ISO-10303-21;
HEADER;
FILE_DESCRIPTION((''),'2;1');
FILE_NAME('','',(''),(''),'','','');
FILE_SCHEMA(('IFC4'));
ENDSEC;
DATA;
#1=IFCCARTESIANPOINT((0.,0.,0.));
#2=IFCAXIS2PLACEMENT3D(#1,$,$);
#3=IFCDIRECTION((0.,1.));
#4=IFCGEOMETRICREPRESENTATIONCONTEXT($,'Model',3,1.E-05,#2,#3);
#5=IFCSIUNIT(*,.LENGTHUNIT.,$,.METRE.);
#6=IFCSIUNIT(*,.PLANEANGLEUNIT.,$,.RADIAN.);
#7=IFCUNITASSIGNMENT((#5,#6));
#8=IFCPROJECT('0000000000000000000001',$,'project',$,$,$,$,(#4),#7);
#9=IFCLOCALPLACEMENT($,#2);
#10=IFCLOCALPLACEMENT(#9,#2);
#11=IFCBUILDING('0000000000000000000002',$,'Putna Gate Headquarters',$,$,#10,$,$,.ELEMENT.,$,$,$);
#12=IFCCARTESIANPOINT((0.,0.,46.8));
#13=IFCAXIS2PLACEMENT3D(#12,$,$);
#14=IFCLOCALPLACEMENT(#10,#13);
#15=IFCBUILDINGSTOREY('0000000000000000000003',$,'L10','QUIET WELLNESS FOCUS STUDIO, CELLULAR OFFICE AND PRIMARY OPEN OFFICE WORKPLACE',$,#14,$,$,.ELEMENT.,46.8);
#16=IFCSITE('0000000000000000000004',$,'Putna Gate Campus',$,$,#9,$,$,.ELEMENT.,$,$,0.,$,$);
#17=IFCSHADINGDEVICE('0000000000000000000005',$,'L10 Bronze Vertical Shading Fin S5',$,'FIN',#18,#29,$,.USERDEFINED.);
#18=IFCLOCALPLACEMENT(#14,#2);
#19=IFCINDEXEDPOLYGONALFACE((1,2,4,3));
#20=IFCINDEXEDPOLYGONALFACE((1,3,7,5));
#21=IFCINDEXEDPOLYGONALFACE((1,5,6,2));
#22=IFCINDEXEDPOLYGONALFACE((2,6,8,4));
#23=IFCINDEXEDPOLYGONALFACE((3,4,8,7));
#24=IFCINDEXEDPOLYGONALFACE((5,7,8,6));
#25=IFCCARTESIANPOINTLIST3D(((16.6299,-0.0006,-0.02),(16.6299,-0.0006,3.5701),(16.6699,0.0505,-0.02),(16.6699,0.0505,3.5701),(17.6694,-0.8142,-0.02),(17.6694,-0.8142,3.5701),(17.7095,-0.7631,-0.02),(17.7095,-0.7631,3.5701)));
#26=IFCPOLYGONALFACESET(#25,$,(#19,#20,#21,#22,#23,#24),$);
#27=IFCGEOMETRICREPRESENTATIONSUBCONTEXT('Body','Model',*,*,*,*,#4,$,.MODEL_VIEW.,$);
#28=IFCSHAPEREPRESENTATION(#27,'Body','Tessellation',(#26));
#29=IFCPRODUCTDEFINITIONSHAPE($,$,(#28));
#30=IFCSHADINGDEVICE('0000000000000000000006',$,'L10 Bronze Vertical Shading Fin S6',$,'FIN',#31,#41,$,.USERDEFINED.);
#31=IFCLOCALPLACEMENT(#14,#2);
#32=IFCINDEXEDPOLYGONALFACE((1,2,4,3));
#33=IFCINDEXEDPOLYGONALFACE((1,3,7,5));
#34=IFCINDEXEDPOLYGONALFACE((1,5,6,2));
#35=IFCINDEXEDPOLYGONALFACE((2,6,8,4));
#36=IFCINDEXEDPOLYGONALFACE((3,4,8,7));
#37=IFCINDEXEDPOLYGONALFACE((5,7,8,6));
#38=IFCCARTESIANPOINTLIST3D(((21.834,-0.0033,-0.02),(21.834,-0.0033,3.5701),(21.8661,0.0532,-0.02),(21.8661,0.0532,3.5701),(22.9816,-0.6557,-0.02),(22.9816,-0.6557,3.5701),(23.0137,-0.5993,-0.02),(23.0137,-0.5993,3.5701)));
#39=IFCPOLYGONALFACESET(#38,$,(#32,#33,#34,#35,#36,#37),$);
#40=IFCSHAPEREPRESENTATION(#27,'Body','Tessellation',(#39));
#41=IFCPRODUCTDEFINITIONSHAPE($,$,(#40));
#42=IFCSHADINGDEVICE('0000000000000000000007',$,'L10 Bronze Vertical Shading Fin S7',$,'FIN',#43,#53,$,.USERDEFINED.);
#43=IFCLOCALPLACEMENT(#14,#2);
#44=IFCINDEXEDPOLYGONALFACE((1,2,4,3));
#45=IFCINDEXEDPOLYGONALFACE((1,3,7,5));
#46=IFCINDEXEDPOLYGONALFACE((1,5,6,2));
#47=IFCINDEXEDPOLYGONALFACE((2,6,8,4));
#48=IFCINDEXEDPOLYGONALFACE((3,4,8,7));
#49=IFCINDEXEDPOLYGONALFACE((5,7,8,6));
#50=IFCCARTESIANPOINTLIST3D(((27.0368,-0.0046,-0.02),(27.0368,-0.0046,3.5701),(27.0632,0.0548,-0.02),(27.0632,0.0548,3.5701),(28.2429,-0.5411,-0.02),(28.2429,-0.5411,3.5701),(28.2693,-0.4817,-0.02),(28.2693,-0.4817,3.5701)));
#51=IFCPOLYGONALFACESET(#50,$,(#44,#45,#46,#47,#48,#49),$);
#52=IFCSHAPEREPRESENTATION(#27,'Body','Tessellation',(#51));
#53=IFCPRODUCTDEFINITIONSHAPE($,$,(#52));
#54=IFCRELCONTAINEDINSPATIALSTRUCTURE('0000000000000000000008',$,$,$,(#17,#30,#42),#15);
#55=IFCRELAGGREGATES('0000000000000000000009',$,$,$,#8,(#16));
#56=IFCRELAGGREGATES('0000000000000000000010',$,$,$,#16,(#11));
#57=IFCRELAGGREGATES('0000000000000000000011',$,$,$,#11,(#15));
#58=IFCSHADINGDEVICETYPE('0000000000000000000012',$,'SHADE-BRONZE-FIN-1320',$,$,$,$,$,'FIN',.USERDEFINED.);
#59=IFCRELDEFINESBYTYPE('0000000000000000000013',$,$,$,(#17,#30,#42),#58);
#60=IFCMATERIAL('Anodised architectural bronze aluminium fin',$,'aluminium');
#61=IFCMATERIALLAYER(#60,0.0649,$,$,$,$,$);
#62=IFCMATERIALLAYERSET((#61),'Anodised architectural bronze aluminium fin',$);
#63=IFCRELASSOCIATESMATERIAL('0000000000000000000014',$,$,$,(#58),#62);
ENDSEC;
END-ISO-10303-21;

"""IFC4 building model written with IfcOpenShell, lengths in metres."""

from ifc_helpers import new_model, si_unit, direction, frame, origin, origin_2d, place, context, subcontext, project, spatial, rectangle, extrude, material, layer, layer_set, type_object, element, save


model = new_model("IFC4")

# Units and contexts
model_context = context("Model", 3, precision=1e-05, world=origin(), true_north=direction((0.0, 1.0)))
body_context = subcontext(model_context, "Body", "Model", "MODEL_VIEW")
ifc_project = project(units=[si_unit("LENGTHUNIT", "METRE"), si_unit("PLANEANGLEUNIT", "RADIAN")], contexts=[model_context])

# Site, building, storey
site_placement = place(None, origin())
site = spatial("IfcSite", under=ifc_project, at=site_placement, Name="Putna Gate Campus", CompositionType="ELEMENT", RefElevation=0.0)
building_placement = place(site_placement, origin())
building = spatial("IfcBuilding", under=site, at=building_placement, Name="Putna Gate Headquarters", CompositionType="ELEMENT")
storey_placement = place(building_placement, frame((0.0, 0.0, 46.8)))
storey = spatial("IfcBuildingStorey", under=building, at=storey_placement, Name="L10", Description="QUIET WELLNESS FOCUS STUDIO, CELLULAR OFFICE AND PRIMARY OPEN OFFICE WORKPLACE", CompositionType="ELEMENT", Elevation=46.8)

# Shading devices
ifc_material_1 = material(Name="Anodised architectural bronze aluminium fin", Category="aluminium")
ifc_layer_1 = layer(ifc_material_1, 0.0649)
ifc_layer_set_1 = layer_set([ifc_layer_1], Name="Anodised architectural bronze aluminium fin")
shading_device_type = type_object("IfcShadingDeviceType", Name="SHADE-BRONZE-FIN-1320", ElementType="FIN", PredefinedType="USERDEFINED", material=ifc_layer_set_1)
for number, where, z_axis, x_axis, name in (
    (1, (17.1697, -0.3818, -0.02), (0.0, 0.0, 1.0), (0.787473, -0.616349, 0.0), "L10 Bronze Vertical Shading Fin S5"),
    (2, (22.4238, -0.3013, -0.02), (0.0, 0.0, 1.0), (0.869322, -0.494245, 0.0), "L10 Bronze Vertical Shading Fin S6"),
    (3, (27.6531, -0.2432, -0.02), (0.0, 0.0, 1.0), (0.913687, -0.406418, 0.0), "L10 Bronze Vertical Shading Fin S7"),
):
    element("IfcShadingDevice", number, at=place(storey_placement, frame(where, z_axis=z_axis, x_axis=x_axis)), inside=storey, type_object=shading_device_type, Name=name, ObjectType="FIN", PredefinedType="USERDEFINED", context=body_context, shape_type="SweptSolid", body=[
        extrude(rectangle(XDim=1.3201, YDim=0.0649, at=origin_2d()), origin(), (0.0, 0.0, 1.0), 3.5901),
    ])

save(model, "model.ifc")
